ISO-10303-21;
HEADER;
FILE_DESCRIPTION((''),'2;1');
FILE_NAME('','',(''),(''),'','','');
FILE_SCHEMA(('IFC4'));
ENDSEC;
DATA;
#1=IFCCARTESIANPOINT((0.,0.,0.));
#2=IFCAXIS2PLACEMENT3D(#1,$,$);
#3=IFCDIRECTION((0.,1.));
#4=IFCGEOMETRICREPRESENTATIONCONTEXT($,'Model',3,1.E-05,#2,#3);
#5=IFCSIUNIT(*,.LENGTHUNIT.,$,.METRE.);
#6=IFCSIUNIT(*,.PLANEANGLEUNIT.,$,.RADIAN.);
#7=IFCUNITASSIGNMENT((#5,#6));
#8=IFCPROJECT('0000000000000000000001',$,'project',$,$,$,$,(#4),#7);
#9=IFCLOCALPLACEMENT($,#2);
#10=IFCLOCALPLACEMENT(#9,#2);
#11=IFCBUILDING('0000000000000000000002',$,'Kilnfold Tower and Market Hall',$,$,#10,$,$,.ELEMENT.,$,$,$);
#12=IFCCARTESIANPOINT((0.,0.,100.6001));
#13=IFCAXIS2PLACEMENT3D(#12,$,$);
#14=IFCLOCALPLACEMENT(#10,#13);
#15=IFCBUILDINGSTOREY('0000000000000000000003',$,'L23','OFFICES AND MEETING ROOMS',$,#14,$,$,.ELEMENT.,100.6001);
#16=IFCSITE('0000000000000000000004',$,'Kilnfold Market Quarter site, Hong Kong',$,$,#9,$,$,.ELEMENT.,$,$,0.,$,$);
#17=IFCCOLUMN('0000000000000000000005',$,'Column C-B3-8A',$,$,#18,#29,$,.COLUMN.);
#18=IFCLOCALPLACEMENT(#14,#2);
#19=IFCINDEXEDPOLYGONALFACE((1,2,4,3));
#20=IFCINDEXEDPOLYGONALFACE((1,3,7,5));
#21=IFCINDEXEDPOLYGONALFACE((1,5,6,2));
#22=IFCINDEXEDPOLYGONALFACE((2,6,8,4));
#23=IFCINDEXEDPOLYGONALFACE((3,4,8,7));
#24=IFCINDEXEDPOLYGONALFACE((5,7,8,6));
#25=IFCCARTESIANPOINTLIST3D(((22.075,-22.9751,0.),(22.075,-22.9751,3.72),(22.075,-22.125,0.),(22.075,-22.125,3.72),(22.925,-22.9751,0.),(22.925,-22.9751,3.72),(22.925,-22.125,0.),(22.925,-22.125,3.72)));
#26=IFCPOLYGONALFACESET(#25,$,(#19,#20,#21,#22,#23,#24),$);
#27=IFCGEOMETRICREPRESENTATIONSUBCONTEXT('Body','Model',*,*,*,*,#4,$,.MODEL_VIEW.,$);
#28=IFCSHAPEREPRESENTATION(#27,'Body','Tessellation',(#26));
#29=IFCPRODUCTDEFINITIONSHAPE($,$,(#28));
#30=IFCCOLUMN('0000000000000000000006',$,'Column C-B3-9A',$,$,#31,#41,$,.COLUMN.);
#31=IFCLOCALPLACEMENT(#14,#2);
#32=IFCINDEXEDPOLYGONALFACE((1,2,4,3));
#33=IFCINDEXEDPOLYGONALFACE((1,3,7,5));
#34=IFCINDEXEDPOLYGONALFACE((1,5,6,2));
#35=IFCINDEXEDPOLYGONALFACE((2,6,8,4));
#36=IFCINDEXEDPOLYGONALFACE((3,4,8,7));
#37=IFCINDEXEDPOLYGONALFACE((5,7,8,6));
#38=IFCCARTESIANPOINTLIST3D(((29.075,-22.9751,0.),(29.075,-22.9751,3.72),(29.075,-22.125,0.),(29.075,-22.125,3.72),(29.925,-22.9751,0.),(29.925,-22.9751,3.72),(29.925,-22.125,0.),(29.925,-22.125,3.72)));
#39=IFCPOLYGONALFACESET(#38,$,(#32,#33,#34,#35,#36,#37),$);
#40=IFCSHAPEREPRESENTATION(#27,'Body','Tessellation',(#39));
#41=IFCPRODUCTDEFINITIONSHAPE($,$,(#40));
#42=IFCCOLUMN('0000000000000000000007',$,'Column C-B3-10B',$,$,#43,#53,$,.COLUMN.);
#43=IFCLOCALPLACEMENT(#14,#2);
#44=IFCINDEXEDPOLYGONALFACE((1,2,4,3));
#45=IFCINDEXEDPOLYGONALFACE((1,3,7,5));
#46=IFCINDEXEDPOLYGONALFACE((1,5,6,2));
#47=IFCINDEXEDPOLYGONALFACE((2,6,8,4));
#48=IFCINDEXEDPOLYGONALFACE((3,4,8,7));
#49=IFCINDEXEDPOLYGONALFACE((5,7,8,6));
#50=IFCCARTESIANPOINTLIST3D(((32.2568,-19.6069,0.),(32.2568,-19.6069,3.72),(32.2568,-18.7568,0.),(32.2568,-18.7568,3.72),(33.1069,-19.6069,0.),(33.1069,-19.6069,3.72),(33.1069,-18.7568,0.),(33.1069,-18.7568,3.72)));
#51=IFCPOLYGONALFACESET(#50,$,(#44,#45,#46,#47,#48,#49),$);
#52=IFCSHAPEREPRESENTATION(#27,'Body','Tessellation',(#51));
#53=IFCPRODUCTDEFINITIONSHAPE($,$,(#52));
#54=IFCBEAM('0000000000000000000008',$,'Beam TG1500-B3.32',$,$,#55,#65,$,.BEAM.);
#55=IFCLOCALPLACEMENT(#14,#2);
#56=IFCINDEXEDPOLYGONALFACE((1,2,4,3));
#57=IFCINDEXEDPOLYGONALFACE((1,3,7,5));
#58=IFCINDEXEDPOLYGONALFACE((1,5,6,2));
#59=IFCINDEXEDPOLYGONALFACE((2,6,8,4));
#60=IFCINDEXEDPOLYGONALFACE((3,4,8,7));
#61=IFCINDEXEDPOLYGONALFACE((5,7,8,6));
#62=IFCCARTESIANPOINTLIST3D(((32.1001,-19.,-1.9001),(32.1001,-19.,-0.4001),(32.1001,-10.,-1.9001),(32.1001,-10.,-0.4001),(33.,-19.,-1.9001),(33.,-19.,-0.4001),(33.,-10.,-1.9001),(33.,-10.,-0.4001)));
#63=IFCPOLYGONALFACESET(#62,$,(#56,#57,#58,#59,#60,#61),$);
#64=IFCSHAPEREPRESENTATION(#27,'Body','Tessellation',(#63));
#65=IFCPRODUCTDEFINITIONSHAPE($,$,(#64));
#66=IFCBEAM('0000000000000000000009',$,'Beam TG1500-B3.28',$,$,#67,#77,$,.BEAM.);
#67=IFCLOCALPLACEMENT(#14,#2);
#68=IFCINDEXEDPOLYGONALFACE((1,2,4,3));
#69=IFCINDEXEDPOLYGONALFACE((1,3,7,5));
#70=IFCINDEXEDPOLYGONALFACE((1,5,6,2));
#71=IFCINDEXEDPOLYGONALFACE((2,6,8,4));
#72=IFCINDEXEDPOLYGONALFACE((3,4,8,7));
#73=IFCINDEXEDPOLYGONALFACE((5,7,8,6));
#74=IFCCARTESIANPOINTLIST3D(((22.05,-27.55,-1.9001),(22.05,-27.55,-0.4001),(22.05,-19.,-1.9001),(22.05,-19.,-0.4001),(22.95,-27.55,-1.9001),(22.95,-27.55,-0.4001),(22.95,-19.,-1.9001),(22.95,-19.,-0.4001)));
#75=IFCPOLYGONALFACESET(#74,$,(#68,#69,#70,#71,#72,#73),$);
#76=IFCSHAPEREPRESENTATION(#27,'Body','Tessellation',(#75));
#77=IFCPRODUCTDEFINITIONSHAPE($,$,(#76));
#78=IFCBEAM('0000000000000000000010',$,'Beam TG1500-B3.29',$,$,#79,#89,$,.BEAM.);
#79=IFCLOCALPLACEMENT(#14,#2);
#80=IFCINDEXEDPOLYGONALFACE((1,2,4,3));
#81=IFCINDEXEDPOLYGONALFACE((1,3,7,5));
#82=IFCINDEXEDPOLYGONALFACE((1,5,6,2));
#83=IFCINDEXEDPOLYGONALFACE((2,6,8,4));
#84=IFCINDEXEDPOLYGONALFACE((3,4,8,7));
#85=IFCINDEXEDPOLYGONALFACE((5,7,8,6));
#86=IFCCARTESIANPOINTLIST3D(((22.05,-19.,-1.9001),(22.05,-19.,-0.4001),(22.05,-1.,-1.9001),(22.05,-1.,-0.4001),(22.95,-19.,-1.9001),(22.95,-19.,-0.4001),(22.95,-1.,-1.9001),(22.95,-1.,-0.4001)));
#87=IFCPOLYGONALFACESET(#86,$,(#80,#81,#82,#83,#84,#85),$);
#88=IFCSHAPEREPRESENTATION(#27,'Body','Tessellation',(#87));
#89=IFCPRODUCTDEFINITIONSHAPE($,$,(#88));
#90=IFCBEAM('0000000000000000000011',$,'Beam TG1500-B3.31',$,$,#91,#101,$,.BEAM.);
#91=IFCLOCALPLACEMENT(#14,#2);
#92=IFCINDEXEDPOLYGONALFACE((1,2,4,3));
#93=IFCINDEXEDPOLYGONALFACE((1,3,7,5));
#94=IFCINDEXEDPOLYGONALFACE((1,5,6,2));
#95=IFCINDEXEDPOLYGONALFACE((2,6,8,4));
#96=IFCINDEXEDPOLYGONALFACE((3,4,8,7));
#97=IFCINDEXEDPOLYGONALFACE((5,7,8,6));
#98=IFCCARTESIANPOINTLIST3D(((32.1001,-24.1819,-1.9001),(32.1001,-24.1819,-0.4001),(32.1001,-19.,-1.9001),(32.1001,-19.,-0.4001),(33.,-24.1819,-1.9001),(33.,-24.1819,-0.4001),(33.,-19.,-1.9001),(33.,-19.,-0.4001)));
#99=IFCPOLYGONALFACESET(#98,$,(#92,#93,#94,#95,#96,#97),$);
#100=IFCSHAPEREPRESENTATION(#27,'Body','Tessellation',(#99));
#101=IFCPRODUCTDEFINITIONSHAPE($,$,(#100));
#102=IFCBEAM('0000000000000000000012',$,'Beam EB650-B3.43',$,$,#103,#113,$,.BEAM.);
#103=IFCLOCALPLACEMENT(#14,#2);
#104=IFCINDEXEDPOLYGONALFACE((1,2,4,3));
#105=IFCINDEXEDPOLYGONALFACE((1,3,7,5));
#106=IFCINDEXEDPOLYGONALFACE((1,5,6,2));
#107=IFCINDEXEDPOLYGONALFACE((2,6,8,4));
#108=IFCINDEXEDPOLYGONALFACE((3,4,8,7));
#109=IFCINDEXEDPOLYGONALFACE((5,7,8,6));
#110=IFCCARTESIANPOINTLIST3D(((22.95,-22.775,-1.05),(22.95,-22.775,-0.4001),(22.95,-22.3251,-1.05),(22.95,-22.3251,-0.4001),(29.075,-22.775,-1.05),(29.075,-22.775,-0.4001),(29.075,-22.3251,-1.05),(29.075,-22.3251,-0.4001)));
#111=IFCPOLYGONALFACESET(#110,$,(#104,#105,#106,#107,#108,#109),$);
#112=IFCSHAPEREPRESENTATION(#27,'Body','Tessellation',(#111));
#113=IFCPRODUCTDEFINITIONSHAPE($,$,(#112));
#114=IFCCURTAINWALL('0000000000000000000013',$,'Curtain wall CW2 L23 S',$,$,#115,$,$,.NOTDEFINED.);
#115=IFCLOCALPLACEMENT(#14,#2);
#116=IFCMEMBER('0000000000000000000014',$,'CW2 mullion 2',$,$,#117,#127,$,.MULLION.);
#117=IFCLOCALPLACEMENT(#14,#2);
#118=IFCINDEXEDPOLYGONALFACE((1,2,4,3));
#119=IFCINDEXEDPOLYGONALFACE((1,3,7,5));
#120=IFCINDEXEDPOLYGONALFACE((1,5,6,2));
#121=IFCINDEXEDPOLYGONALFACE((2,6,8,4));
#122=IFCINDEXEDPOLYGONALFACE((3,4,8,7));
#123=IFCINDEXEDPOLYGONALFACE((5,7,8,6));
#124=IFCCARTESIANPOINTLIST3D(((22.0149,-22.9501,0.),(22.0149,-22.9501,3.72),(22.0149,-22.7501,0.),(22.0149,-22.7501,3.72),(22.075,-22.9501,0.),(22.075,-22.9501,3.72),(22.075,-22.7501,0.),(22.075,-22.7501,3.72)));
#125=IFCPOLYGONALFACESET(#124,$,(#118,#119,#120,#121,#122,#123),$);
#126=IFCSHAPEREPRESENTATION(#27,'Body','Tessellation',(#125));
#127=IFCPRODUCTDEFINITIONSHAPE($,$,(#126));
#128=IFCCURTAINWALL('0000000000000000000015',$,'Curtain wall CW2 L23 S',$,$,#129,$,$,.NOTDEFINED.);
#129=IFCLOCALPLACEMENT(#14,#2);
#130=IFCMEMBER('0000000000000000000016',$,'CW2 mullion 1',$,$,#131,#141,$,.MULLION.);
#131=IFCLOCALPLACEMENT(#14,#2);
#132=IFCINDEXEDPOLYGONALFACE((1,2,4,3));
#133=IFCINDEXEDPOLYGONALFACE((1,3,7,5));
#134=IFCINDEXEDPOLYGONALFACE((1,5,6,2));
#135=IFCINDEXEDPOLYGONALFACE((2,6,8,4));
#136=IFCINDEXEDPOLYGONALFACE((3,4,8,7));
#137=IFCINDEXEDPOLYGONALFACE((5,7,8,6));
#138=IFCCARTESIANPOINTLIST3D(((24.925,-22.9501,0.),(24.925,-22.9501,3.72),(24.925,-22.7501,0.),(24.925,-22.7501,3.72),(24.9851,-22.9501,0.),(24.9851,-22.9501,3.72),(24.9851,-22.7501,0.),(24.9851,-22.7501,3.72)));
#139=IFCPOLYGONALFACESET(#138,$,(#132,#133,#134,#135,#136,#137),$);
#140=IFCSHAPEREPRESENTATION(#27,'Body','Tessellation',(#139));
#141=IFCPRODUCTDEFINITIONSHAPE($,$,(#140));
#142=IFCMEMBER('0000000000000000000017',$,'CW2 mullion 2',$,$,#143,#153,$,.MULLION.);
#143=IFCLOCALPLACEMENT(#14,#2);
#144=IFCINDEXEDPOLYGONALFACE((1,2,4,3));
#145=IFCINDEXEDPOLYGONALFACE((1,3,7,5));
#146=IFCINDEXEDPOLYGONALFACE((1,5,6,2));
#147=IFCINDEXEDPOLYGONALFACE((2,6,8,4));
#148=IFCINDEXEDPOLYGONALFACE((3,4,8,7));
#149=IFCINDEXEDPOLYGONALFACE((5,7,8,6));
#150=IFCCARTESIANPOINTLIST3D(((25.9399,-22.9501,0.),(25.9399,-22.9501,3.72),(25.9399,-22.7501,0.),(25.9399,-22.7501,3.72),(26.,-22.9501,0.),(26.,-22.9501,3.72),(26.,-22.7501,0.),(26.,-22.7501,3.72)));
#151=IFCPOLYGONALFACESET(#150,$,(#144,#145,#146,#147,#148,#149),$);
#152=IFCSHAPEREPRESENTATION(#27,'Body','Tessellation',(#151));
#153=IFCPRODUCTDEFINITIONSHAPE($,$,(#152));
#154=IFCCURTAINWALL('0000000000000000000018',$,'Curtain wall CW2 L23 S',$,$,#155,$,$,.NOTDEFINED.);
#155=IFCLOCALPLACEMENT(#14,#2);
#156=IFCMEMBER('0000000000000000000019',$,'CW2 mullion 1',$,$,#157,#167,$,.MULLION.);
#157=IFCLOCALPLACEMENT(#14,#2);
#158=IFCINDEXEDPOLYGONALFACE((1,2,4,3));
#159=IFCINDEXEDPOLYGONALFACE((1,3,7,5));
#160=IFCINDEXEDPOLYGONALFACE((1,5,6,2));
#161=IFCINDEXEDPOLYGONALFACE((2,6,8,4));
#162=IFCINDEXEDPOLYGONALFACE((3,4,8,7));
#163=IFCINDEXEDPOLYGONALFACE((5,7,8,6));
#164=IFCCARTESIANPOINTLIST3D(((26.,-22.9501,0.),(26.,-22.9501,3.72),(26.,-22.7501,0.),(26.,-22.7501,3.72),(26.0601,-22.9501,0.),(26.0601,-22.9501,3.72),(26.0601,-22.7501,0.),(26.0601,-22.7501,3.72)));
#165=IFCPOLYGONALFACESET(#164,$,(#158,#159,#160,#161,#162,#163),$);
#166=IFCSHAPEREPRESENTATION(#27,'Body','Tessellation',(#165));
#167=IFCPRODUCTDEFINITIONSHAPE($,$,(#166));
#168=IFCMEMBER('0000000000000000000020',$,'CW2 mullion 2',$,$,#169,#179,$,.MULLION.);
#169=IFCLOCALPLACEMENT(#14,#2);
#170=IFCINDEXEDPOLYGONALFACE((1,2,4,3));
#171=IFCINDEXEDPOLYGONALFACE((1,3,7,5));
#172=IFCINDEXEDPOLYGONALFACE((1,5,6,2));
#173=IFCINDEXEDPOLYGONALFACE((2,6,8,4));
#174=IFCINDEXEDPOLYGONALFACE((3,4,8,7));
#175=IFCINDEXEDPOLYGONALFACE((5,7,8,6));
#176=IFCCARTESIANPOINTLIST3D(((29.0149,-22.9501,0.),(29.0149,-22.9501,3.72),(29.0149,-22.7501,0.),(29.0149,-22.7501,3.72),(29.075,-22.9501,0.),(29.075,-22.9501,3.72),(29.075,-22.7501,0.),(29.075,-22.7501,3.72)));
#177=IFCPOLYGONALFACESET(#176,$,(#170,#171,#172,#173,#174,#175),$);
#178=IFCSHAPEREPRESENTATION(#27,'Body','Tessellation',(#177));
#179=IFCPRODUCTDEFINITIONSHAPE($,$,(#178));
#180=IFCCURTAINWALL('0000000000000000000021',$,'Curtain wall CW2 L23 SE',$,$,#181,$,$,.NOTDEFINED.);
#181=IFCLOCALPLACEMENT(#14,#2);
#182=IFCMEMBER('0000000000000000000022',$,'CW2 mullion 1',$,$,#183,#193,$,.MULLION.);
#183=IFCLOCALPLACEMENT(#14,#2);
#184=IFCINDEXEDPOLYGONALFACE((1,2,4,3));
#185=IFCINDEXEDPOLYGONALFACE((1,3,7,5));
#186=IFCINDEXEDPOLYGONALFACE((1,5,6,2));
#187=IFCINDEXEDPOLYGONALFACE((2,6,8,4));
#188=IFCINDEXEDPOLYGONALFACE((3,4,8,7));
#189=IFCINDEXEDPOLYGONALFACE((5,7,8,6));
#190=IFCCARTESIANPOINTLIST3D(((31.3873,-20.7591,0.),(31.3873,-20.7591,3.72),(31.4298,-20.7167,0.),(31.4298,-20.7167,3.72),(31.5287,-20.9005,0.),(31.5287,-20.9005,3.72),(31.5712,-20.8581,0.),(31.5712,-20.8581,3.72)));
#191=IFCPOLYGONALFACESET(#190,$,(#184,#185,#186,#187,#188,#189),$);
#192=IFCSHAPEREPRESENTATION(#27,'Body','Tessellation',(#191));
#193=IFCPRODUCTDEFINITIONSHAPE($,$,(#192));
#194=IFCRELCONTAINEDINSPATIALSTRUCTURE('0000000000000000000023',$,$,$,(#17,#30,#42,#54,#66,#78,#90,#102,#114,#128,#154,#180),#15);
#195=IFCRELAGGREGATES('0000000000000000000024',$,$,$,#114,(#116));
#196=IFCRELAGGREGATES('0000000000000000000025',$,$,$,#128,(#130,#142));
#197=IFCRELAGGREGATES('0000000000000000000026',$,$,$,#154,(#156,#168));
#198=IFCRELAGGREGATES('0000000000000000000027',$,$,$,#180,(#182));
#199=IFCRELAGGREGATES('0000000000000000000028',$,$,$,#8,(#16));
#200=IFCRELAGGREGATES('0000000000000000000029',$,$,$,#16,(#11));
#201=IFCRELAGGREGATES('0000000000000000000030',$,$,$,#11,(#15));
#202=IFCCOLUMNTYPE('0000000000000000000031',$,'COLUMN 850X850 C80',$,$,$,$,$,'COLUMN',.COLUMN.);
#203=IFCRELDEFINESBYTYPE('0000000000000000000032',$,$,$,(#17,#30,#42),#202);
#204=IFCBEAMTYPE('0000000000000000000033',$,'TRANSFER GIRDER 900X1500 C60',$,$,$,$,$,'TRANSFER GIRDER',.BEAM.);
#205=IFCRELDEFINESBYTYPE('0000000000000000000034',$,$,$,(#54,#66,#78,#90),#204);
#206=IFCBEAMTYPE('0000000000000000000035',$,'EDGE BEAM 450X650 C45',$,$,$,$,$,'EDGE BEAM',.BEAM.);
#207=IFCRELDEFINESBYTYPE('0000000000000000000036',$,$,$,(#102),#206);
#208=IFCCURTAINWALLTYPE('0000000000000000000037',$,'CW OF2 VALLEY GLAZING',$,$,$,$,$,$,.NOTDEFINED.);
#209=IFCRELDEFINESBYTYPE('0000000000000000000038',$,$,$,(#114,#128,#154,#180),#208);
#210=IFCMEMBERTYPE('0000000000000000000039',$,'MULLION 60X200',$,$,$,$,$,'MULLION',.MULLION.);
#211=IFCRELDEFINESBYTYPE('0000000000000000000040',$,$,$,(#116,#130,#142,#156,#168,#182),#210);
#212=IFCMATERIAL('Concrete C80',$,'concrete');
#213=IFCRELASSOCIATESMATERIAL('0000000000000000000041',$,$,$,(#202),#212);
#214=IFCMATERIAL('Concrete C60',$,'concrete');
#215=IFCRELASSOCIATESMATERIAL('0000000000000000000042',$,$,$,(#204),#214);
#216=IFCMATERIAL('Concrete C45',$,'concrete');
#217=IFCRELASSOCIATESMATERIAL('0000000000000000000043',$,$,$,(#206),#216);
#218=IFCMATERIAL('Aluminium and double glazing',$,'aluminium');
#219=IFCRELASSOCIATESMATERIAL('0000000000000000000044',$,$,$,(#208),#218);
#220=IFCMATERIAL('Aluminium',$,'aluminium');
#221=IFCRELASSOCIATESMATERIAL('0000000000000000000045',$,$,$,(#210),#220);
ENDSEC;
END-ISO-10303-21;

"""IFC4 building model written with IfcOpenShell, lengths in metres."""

from ifc_helpers import new_model, si_unit, direction, frame, origin, origin_2d, place, context, subcontext, project, spatial, rectangle, extrude, source, transform, mapped, material, material_profile, profile_set, type_object, element, aggregate, save


model = new_model("IFC4")

# Units and contexts
model_context = context("Model", 3, precision=1e-05, world=origin(), true_north=direction((0.0, 1.0)))
body_context = subcontext(model_context, "Body", "Model", "MODEL_VIEW")
ifc_project = project(units=[si_unit("LENGTHUNIT", "METRE"), si_unit("PLANEANGLEUNIT", "RADIAN")], contexts=[model_context])

# Site, building, storey
site_placement = place(None, origin())
site = spatial("IfcSite", under=ifc_project, at=site_placement, Name="Kilnfold Market Quarter site, Hong Kong", CompositionType="ELEMENT", RefElevation=0.0)
building_placement = place(site_placement, origin())
building = spatial("IfcBuilding", under=site, at=building_placement, Name="Kilnfold Tower and Market Hall", CompositionType="ELEMENT")
storey_placement = place(building_placement, frame((0.0, 0.0, 100.6001)))
storey = spatial("IfcBuildingStorey", under=building, at=storey_placement, Name="L23", Description="OFFICES AND MEETING ROOMS", CompositionType="ELEMENT", Elevation=100.6001)

# Columns
ifc_material_1 = material(Name="Concrete C80", Category="concrete")
ifc_material_profile_1 = material_profile(ifc_material_1, rectangle(XDim=0.8501, YDim=0.8501, at=origin_2d()), Name="RC 850x850")
ifc_profile_set_1 = profile_set([ifc_material_profile_1], Name="Concrete C80")
column_type = type_object("IfcColumnType", Name="COLUMN 850X850 C80", ElementType="COLUMN", PredefinedType="COLUMN", material=ifc_profile_set_1)
shared_shape_1 = source(origin(), body_context, "Body", "SweptSolid", [
    extrude(rectangle(XDim=0.8501, YDim=0.8501, at=origin_2d()), origin(), (0.0, 0.0, 1.0), 3.72),
])
for number, where, z_axis, x_axis, name in (
    (1, (22.5, -22.55, 0.0), (0.0, 0.0, 1.0), (1.0, 0.0, 0.0), "Column C-B3-8A"),
    (2, (29.5, -22.55, 0.0), (0.0, 0.0, 1.0), (1.0, 0.0, 0.0), "Column C-B3-9A"),
    (3, (32.6819, -19.1819, 0.0), (0.0, 0.0, 1.0), (1.0, 0.0, 0.0), "Column C-B3-10B"),
):
    element("IfcColumn", number, at=place(storey_placement, frame(where, z_axis=z_axis, x_axis=x_axis)), inside=storey, type_object=column_type, Name=name, PredefinedType="COLUMN", context=body_context, shape_type="MappedRepresentation", body=[
        mapped(shared_shape_1, transform((0.0, 0.0, 0.0))),
    ])

# Beams
ifc_material_2 = material(Name="Concrete C60", Category="concrete")
ifc_material_profile_2 = material_profile(ifc_material_2, rectangle(XDim=0.8999, YDim=1.5, at=origin_2d()), Name="RC 900x1500")
ifc_profile_set_2 = profile_set([ifc_material_profile_2], Name="Concrete C60")
beam_type_1 = type_object("IfcBeamType", Name="TRANSFER GIRDER 900X1500 C60", ElementType="TRANSFER GIRDER", PredefinedType="BEAM", material=ifc_profile_set_2)
shared_shape_2 = source(origin(), body_context, "Body", "SweptSolid", [
    extrude(rectangle(XDim=0.8999, YDim=1.5, at=origin_2d()), origin(), (0.0, 0.0, 1.0), 9.0),
])
beam_1_placement = place(storey_placement, frame((32.55, -19.0, -1.1501), z_axis=(0.0, 1.0, 0.0), x_axis=(-1.0, 0.0, 0.0)))
element("IfcBeam", 4, at=beam_1_placement, inside=storey, type_object=beam_type_1, Name="Beam TG1500-B3.32", PredefinedType="BEAM", context=body_context, shape_type="MappedRepresentation", body=[
    mapped(shared_shape_2, transform((0.0, 0.0, 0.0))),
])
shared_shape_3 = source(origin(), body_context, "Body", "SweptSolid", [
    extrude(rectangle(XDim=0.8999, YDim=1.5, at=origin_2d()), origin(), (0.0, 0.0, 1.0), 8.55),
])
beam_2_placement = place(storey_placement, frame((22.5, -27.55, -1.1501), z_axis=(0.0, 1.0, 0.0), x_axis=(-1.0, 0.0, 0.0)))
element("IfcBeam", 5, at=beam_2_placement, inside=storey, type_object=beam_type_1, Name="Beam TG1500-B3.28", PredefinedType="BEAM", context=body_context, shape_type="MappedRepresentation", body=[
    mapped(shared_shape_3, transform((0.0, 0.0, 0.0))),
])
shared_shape_4 = source(origin(), body_context, "Body", "SweptSolid", [
    extrude(rectangle(XDim=0.8999, YDim=1.5, at=origin_2d()), origin(), (0.0, 0.0, 1.0), 18.0),
])
beam_3_placement = place(storey_placement, frame((22.5, -19.0, -1.1501), z_axis=(0.0, 1.0, 0.0), x_axis=(-1.0, 0.0, 0.0)))
element("IfcBeam", 6, at=beam_3_placement, inside=storey, type_object=beam_type_1, Name="Beam TG1500-B3.29", PredefinedType="BEAM", context=body_context, shape_type="MappedRepresentation", body=[
    mapped(shared_shape_4, transform((0.0, 0.0, 0.0))),
])
shared_shape_5 = source(origin(), body_context, "Body", "SweptSolid", [
    extrude(rectangle(XDim=0.8999, YDim=1.5, at=origin_2d()), origin(), (0.0, 0.0, 1.0), 5.1819),
])
beam_4_placement = place(storey_placement, frame((32.55, -24.1819, -1.1501), z_axis=(0.0, 1.0, 0.0), x_axis=(-1.0, 0.0, 0.0)))
element("IfcBeam", 7, at=beam_4_placement, inside=storey, type_object=beam_type_1, Name="Beam TG1500-B3.31", PredefinedType="BEAM", context=body_context, shape_type="MappedRepresentation", body=[
    mapped(shared_shape_5, transform((0.0, 0.0, 0.0))),
])
ifc_material_3 = material(Name="Concrete C45", Category="concrete")
ifc_material_profile_3 = material_profile(ifc_material_3, rectangle(XDim=0.45, YDim=0.6499, at=origin_2d()), Name="RC 450x650")
ifc_profile_set_3 = profile_set([ifc_material_profile_3], Name="Concrete C45")
beam_type_2 = type_object("IfcBeamType", Name="EDGE BEAM 450X650 C45", ElementType="EDGE BEAM", PredefinedType="BEAM", material=ifc_profile_set_3)
shared_shape_6 = source(origin(), body_context, "Body", "SweptSolid", [
    extrude(rectangle(XDim=0.45, YDim=0.6499, at=origin_2d()), origin(), (0.0, 0.0, 1.0), 6.125),
])
beam_5_placement = place(storey_placement, frame((22.95, -22.55, -0.7251), z_axis=(1.0, 0.0, 0.0), x_axis=(0.0, 1.0, 0.0)))
element("IfcBeam", 8, at=beam_5_placement, inside=storey, type_object=beam_type_2, Name="Beam EB650-B3.43", PredefinedType="BEAM", context=body_context, shape_type="MappedRepresentation", body=[
    mapped(shared_shape_6, transform((0.0, 0.0, 0.0))),
])

# Curtain wall, member
ifc_material_4 = material(Name="Aluminium and double glazing", Category="aluminium")
curtain_wall_type = type_object("IfcCurtainWallType", Name="CW OF2 VALLEY GLAZING", PredefinedType="NOTDEFINED", material=ifc_material_4)
curtain_wall_1_placement = place(storey_placement, origin())
curtain_wall_1 = element("IfcCurtainWall", 9, at=curtain_wall_1_placement, inside=storey, type_object=curtain_wall_type, Name="Curtain wall CW2 L23 S", PredefinedType="NOTDEFINED")
ifc_material_5 = material(Name="Aluminium", Category="aluminium")
ifc_material_profile_4 = material_profile(ifc_material_5, rectangle(XDim=0.0601, YDim=0.2, at=origin_2d()), Name="MULLION 60x200")
ifc_profile_set_4 = profile_set([ifc_material_profile_4], Name="Aluminium")
member_type_1 = type_object("IfcMemberType", Name="MULLION 60X200", ElementType="MULLION", PredefinedType="MULLION", material=ifc_profile_set_4)
shared_shape_7 = source(origin(), body_context, "Body", "SweptSolid", [
    extrude(rectangle(XDim=0.0601, YDim=0.2, at=origin_2d()), origin(), (0.0, 0.0, 1.0), 3.72),
])
member_1_placement = place(storey_placement, frame((22.0449, -22.8501, 0.0), z_axis=(0.0, 0.0, 1.0), x_axis=(1.0, 0.0, 0.0)))
member_1 = element("IfcMember", 10, at=member_1_placement, type_object=member_type_1, Name="CW2 mullion 2", PredefinedType="MULLION", context=body_context, shape_type="MappedRepresentation", body=[
    mapped(shared_shape_7, transform((0.0, 0.0, 0.0))),
])
aggregate(curtain_wall_1, [member_1])

# Curtain walls, members
curtain_wall_2_placement = place(storey_placement, origin())
curtain_wall_2 = element("IfcCurtainWall", 11, at=curtain_wall_2_placement, inside=storey, type_object=curtain_wall_type, Name="Curtain wall CW2 L23 S", PredefinedType="NOTDEFINED")
member_2_placement = place(storey_placement, frame((24.9551, -22.8501, 0.0), z_axis=(0.0, 0.0, 1.0), x_axis=(1.0, 0.0, 0.0)))
member_2 = element("IfcMember", 12, at=member_2_placement, type_object=member_type_1, Name="CW2 mullion 1", PredefinedType="MULLION", context=body_context, shape_type="MappedRepresentation", body=[
    mapped(shared_shape_7, transform((0.0, 0.0, 0.0))),
])
member_3_placement = place(storey_placement, frame((25.97, -22.8501, 0.0), z_axis=(0.0, 0.0, 1.0), x_axis=(1.0, 0.0, 0.0)))
member_3 = element("IfcMember", 13, at=member_3_placement, type_object=member_type_1, Name="CW2 mullion 2", PredefinedType="MULLION", context=body_context, shape_type="MappedRepresentation", body=[
    mapped(shared_shape_7, transform((0.0, 0.0, 0.0))),
])
curtain_wall_3_placement = place(storey_placement, origin())
curtain_wall_3 = element("IfcCurtainWall", 14, at=curtain_wall_3_placement, inside=storey, type_object=curtain_wall_type, Name="Curtain wall CW2 L23 S", PredefinedType="NOTDEFINED")
member_4_placement = place(storey_placement, frame((26.03, -22.8501, 0.0), z_axis=(0.0, 0.0, 1.0), x_axis=(1.0, 0.0, 0.0)))
member_4 = element("IfcMember", 15, at=member_4_placement, type_object=member_type_1, Name="CW2 mullion 1", PredefinedType="MULLION", context=body_context, shape_type="MappedRepresentation", body=[
    mapped(shared_shape_7, transform((0.0, 0.0, 0.0))),
])
member_5_placement = place(storey_placement, frame((29.0449, -22.8501, 0.0), z_axis=(0.0, 0.0, 1.0), x_axis=(1.0, 0.0, 0.0)))
member_5 = element("IfcMember", 16, at=member_5_placement, type_object=member_type_1, Name="CW2 mullion 2", PredefinedType="MULLION", context=body_context, shape_type="MappedRepresentation", body=[
    mapped(shared_shape_7, transform((0.0, 0.0, 0.0))),
])
curtain_wall_4_placement = place(storey_placement, origin())
curtain_wall_4 = element("IfcCurtainWall", 17, at=curtain_wall_4_placement, inside=storey, type_object=curtain_wall_type, Name="Curtain wall CW2 L23 SE", PredefinedType="NOTDEFINED")
member_6_placement = place(storey_placement, frame((31.4792, -20.8086, 0.0), z_axis=(0.0, 0.0, 1.0), x_axis=(0.707107, 0.707107, 0.0)))
member_6 = element("IfcMember", 18, at=member_6_placement, type_object=member_type_1, Name="CW2 mullion 1", PredefinedType="MULLION", context=body_context, shape_type="MappedRepresentation", body=[
    mapped(shared_shape_7, transform((0.0, 0.0, 0.0))),
])

aggregate(curtain_wall_2, [member_2, member_3])
aggregate(curtain_wall_3, [member_4, member_5])
aggregate(curtain_wall_4, [member_6])

save(model, "model.ifc")
